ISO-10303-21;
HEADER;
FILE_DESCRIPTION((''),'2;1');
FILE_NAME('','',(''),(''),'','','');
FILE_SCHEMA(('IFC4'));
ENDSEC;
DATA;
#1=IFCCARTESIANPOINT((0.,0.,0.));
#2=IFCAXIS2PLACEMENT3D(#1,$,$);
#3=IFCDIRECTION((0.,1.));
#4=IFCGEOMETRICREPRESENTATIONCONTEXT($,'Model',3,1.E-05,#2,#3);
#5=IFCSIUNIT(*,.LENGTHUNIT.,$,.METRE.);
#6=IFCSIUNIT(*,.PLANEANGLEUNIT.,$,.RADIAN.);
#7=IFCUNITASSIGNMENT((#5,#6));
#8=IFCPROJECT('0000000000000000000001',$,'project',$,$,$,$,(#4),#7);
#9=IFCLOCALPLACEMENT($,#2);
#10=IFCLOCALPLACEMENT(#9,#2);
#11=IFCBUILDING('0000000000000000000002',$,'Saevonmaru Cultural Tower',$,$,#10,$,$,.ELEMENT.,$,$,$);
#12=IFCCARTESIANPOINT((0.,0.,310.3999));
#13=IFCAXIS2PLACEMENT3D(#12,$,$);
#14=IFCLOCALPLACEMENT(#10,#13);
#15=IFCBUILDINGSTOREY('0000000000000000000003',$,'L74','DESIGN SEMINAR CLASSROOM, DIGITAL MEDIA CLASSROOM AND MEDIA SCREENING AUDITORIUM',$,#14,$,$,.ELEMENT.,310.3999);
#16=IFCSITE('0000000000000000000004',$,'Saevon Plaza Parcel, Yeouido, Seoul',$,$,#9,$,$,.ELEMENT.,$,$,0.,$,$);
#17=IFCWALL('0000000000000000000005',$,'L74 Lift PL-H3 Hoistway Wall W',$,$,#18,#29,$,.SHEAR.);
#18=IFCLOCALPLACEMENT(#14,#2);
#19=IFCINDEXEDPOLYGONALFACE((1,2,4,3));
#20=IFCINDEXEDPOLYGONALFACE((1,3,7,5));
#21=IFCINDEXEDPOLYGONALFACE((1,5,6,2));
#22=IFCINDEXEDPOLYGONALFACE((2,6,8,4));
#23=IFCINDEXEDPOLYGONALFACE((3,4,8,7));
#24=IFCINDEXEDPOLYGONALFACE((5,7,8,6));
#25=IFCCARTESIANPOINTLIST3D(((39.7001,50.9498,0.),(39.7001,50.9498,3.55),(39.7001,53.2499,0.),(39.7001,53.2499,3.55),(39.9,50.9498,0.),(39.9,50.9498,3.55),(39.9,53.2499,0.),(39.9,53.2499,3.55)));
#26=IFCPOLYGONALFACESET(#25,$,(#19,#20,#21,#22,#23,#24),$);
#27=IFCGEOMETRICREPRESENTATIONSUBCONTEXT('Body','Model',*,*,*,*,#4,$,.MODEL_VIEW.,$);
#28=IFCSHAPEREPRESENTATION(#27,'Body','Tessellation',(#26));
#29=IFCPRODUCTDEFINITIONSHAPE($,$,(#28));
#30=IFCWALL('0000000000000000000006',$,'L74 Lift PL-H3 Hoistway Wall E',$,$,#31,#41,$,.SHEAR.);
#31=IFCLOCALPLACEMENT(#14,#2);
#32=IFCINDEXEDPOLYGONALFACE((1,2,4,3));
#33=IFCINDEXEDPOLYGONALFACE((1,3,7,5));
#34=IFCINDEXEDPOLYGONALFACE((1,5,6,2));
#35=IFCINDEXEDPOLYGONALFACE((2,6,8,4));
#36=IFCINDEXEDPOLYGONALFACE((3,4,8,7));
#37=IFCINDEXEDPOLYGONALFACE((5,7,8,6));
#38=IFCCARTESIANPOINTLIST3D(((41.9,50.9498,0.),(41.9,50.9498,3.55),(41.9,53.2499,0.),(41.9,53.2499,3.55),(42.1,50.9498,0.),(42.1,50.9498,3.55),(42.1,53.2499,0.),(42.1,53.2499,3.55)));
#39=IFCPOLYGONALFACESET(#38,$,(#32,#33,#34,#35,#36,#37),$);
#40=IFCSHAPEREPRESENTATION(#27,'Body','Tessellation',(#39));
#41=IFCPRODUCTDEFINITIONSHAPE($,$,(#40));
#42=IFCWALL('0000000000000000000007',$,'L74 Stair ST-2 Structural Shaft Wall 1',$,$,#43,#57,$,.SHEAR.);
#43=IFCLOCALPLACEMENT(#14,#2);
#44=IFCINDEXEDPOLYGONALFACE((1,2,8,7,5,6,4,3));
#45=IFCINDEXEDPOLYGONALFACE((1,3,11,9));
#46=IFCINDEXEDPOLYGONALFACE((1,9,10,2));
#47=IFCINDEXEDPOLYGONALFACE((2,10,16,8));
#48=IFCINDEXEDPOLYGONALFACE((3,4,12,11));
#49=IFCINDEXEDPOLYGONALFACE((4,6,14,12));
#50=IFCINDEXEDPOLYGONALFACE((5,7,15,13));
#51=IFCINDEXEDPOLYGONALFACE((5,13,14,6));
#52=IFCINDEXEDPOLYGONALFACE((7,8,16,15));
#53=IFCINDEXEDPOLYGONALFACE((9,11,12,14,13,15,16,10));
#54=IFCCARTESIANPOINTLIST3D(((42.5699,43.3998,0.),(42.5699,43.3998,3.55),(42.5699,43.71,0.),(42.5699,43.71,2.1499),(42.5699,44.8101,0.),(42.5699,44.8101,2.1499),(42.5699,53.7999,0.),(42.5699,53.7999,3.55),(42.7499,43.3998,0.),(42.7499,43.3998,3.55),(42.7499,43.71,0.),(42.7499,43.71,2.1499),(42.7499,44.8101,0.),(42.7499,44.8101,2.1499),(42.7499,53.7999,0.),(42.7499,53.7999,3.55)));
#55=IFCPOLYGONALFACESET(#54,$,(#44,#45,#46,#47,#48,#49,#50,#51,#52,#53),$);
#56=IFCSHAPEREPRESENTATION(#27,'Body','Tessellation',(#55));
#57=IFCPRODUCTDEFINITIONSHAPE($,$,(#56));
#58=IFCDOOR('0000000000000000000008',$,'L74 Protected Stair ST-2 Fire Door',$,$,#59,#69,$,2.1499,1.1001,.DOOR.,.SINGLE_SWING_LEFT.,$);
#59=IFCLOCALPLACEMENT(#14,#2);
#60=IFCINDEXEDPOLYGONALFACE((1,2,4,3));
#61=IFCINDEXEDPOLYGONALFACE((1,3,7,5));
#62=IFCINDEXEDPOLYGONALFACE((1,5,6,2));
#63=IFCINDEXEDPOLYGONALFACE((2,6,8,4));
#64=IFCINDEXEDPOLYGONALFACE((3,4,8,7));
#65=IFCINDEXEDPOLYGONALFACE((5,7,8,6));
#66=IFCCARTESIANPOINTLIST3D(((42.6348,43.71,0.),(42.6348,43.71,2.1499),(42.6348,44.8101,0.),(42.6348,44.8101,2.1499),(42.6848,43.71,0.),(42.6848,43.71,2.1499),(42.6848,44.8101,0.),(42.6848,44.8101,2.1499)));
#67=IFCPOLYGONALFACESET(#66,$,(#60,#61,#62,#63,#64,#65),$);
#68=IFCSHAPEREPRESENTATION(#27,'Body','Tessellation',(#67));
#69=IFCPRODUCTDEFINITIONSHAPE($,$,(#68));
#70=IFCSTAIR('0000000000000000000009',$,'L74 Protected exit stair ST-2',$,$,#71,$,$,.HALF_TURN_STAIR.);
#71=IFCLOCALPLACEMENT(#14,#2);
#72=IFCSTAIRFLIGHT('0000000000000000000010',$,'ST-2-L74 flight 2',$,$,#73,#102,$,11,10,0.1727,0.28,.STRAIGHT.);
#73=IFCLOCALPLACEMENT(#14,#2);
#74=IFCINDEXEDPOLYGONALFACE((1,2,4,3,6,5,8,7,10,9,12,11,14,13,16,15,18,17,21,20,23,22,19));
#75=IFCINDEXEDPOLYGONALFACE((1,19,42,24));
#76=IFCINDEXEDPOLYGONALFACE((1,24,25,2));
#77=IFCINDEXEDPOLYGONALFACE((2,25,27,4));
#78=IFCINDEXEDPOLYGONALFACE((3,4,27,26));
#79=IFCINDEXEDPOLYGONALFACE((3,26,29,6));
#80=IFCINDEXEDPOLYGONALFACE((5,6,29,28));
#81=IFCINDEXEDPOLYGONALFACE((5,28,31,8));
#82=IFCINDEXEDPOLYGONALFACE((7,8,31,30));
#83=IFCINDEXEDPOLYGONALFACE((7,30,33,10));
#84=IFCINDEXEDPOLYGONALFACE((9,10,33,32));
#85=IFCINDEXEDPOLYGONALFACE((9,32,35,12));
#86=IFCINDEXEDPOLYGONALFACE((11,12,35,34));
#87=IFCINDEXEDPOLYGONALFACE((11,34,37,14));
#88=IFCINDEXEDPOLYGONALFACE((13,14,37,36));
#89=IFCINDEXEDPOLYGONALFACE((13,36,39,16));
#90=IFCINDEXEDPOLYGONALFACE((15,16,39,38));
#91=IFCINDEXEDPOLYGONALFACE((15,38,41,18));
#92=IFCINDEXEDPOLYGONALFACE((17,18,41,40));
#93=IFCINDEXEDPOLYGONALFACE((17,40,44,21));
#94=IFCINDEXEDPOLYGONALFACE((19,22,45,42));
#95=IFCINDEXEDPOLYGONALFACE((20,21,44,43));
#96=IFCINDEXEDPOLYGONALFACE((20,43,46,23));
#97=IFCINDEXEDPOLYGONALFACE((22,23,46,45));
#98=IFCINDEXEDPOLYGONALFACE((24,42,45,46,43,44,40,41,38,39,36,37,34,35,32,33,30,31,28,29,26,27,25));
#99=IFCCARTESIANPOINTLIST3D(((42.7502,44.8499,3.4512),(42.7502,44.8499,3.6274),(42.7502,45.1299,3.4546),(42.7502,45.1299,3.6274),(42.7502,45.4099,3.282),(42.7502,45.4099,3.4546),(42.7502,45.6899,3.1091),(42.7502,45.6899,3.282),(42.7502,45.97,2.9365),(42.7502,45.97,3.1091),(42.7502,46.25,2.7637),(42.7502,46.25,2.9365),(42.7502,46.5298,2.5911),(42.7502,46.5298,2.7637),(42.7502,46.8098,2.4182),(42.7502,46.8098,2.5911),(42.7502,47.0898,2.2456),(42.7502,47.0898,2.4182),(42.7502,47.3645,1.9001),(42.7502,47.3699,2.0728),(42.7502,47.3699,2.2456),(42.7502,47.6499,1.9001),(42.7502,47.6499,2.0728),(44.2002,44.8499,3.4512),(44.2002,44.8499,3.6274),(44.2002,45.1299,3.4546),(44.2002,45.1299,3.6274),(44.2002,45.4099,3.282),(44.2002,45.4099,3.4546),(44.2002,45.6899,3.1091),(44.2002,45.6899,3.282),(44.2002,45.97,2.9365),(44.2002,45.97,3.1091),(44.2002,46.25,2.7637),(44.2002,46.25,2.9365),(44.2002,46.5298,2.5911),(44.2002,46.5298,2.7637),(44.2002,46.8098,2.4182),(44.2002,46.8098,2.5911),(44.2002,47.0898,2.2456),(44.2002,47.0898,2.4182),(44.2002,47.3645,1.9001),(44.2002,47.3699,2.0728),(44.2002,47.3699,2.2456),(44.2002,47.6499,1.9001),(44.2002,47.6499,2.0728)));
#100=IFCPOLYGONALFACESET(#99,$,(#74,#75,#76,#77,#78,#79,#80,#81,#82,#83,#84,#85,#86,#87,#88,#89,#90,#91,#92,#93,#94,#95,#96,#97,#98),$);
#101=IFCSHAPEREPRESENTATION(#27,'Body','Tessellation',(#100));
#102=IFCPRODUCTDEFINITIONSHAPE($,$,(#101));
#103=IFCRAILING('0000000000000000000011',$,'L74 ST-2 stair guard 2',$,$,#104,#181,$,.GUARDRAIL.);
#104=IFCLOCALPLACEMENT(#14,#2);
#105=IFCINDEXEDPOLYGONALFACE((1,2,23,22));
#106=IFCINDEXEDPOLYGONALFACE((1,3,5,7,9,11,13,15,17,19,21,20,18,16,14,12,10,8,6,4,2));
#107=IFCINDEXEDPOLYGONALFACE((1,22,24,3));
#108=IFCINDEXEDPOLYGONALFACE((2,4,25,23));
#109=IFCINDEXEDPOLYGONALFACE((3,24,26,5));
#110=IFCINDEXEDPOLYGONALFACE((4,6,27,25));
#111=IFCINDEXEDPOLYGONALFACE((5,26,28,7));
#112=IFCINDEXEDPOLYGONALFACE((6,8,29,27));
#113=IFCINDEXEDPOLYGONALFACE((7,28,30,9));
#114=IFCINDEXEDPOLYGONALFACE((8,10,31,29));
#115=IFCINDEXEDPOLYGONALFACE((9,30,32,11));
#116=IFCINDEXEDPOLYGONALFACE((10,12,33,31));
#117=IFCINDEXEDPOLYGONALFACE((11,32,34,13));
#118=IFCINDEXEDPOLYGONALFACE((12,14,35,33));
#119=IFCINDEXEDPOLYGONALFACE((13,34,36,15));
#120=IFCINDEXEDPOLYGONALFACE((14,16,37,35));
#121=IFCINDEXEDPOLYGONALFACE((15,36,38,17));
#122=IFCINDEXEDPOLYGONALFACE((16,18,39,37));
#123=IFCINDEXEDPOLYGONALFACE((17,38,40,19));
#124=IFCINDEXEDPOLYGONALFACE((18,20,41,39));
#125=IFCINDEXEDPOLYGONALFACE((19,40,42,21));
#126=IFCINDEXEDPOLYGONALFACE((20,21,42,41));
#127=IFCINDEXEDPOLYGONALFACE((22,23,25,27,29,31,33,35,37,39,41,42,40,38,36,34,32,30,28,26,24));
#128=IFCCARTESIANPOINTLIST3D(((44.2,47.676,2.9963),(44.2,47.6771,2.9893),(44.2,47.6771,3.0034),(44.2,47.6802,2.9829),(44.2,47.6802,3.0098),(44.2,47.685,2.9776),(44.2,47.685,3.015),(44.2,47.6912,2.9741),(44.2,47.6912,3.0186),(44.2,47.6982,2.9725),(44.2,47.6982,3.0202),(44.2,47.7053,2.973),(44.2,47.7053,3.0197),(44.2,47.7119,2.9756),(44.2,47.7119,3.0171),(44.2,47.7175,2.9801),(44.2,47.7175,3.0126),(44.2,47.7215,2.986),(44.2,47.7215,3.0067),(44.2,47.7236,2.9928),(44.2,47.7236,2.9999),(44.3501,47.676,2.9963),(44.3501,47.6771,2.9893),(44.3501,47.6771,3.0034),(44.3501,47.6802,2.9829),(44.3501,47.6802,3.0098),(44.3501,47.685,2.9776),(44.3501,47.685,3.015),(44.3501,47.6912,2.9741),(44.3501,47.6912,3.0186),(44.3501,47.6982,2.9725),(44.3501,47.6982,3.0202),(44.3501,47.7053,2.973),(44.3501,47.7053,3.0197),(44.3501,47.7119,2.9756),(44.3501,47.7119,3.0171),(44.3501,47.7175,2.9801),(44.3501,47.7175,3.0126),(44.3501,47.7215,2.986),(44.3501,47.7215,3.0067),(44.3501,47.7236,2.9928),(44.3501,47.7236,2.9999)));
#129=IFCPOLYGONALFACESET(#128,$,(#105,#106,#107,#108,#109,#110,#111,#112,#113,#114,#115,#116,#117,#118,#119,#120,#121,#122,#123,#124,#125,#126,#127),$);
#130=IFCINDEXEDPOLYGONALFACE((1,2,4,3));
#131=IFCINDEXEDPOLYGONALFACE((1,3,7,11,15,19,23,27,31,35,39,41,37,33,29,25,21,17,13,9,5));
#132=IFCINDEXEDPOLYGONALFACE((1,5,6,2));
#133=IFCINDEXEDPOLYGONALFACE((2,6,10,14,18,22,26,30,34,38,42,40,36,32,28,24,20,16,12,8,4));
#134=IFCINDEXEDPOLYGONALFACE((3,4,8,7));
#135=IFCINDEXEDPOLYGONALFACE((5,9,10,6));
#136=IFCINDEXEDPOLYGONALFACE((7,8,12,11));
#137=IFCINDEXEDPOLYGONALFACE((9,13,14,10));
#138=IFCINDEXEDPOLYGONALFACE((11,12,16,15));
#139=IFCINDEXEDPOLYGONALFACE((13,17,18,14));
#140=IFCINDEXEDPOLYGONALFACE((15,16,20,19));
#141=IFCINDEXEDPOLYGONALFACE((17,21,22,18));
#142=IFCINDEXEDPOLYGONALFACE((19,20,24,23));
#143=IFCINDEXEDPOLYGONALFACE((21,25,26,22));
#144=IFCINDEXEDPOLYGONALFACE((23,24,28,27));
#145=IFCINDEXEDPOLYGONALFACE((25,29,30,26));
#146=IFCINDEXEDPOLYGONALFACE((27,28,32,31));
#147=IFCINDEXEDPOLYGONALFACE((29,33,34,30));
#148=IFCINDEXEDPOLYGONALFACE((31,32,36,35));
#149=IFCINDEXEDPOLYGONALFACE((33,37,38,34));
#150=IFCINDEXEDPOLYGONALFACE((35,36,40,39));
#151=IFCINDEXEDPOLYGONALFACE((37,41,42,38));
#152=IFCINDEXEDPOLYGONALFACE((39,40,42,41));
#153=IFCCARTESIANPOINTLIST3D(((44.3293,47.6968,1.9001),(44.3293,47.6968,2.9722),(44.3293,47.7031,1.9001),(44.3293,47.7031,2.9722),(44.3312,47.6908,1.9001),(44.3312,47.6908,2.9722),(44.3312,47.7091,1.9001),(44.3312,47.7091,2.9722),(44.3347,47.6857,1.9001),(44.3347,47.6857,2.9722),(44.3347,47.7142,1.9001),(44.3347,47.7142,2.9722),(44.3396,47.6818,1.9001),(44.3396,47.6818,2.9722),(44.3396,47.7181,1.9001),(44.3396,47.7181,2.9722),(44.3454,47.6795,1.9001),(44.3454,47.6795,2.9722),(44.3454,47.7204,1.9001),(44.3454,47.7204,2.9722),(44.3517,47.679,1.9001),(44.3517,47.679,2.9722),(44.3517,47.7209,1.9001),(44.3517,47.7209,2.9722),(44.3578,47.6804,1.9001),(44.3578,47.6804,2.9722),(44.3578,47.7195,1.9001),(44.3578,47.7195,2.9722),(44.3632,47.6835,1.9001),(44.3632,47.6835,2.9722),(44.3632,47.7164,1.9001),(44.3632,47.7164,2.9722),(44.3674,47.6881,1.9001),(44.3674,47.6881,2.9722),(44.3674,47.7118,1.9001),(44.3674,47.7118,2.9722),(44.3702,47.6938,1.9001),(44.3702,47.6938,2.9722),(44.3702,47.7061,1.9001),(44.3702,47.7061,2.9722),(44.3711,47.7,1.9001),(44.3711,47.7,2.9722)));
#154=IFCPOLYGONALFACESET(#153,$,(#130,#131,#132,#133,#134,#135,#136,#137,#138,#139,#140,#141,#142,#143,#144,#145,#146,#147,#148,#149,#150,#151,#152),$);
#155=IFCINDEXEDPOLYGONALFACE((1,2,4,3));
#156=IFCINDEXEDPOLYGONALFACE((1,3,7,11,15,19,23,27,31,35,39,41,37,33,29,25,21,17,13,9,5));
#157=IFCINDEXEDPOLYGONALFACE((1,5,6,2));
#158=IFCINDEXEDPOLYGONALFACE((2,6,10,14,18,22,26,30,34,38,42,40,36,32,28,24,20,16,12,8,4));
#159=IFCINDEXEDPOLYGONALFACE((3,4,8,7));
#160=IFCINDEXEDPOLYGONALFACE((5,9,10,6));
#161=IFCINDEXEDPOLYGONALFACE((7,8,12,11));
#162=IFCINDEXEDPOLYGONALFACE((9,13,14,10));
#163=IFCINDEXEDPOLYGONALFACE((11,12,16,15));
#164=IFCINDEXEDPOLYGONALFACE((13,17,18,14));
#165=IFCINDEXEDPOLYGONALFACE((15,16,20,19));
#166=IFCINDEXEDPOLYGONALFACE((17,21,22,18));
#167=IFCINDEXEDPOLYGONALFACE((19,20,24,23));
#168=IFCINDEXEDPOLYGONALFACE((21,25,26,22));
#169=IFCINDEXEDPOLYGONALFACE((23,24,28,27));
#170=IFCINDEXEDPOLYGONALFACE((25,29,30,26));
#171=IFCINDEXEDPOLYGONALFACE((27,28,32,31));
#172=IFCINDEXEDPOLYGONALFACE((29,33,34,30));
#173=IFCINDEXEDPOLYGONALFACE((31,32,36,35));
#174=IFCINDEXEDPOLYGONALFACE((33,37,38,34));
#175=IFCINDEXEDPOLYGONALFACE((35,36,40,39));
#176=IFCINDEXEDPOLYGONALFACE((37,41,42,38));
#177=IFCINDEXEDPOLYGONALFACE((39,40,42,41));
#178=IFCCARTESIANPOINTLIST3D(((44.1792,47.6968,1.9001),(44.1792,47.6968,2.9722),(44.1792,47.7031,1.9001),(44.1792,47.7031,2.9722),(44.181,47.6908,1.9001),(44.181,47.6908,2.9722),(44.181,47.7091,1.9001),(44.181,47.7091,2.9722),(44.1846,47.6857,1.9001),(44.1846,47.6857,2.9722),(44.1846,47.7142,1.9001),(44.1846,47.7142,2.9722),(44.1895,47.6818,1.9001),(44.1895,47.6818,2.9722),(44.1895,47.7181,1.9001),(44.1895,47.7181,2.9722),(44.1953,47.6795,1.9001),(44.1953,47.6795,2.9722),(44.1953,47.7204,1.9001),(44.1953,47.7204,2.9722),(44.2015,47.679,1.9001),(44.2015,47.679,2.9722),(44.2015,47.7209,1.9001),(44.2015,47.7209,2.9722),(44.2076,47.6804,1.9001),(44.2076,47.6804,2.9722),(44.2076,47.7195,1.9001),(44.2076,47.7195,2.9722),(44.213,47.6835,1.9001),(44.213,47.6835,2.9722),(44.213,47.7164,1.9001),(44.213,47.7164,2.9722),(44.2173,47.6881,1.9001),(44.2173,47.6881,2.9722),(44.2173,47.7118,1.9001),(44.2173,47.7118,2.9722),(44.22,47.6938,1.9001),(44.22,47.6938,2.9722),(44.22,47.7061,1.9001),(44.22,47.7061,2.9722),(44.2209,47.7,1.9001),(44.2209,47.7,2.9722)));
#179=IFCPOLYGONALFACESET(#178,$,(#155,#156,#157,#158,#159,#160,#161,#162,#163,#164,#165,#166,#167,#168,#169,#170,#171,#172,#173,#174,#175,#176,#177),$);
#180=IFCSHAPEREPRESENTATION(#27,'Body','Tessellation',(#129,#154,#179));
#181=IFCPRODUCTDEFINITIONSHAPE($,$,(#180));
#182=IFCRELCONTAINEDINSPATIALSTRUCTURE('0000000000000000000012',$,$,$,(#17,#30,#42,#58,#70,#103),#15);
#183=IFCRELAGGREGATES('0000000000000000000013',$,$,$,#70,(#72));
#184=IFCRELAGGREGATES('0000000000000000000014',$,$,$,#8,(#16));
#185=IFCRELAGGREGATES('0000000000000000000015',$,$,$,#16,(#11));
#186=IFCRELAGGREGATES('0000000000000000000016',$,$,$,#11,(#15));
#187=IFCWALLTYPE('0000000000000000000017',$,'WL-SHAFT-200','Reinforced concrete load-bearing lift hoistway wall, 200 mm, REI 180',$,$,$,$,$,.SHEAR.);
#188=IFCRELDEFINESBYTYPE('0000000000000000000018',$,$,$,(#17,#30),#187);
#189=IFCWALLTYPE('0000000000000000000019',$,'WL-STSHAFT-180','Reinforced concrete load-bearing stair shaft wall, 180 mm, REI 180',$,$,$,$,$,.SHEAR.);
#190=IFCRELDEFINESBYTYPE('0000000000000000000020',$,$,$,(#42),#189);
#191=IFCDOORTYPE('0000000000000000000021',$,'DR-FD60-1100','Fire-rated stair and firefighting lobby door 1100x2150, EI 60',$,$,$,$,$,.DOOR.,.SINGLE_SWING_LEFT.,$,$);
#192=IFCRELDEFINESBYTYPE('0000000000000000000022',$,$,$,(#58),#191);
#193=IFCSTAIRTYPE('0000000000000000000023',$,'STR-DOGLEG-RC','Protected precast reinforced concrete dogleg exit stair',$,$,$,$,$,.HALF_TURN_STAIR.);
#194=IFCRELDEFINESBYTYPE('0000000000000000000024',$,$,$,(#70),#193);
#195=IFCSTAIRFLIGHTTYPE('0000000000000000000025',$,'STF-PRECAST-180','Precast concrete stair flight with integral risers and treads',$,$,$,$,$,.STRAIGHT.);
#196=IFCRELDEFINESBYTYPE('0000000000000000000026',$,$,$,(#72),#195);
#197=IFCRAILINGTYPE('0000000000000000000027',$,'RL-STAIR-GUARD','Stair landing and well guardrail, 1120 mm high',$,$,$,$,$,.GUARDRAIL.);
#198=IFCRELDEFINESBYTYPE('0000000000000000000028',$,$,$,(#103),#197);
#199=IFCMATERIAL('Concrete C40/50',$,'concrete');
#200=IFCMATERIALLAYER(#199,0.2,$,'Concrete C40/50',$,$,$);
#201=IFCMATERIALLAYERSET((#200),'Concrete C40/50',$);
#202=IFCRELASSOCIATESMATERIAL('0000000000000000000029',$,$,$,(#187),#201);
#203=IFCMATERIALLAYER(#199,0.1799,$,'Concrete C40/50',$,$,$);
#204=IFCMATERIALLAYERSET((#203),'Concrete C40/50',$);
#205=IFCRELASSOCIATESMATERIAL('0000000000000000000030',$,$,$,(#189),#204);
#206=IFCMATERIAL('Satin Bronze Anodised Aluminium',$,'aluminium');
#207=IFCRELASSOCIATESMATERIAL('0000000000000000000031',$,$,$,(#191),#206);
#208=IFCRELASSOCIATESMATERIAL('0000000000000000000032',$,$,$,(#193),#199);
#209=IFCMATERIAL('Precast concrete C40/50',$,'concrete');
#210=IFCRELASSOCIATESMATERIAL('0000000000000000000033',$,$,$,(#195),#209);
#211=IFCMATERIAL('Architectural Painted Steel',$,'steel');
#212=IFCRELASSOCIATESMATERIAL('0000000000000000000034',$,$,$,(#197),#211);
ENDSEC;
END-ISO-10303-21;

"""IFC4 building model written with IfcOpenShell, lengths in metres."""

from ifc_helpers import new_model, si_unit, direction, frame, frame_2d, origin, origin_2d, place, context, subcontext, project, spatial, polyline, rectangle, circle, outline, extrude, material, layer, layer_set, type_object, element, fill, aggregate, save


model = new_model("IFC4")

# Units and contexts
model_context = context("Model", 3, precision=1e-05, world=origin(), true_north=direction((0.0, 1.0)))
body_context = subcontext(model_context, "Body", "Model", "MODEL_VIEW")
ifc_project = project(units=[si_unit("LENGTHUNIT", "METRE"), si_unit("PLANEANGLEUNIT", "RADIAN")], contexts=[model_context])

# Site, building, storey
site_placement = place(None, origin())
site = spatial("IfcSite", under=ifc_project, at=site_placement, Name="Saevon Plaza Parcel, Yeouido, Seoul", CompositionType="ELEMENT", RefElevation=0.0)
building_placement = place(site_placement, origin())
building = spatial("IfcBuilding", under=site, at=building_placement, Name="Saevonmaru Cultural Tower", CompositionType="ELEMENT")
storey_placement = place(building_placement, frame((0.0, 0.0, 310.3999)))
storey = spatial("IfcBuildingStorey", under=building, at=storey_placement, Name="L74", Description="DESIGN SEMINAR CLASSROOM, DIGITAL MEDIA CLASSROOM AND MEDIA SCREENING AUDITORIUM", CompositionType="ELEMENT", Elevation=310.3999)

# Shared definitions
ifc_material_1 = material(Name="Satin Bronze Anodised Aluminium", Category="aluminium")

# Shared definitions
ifc_material_2 = material(Name="Concrete C40/50", Category="concrete")
ifc_layer_1 = layer(ifc_material_2, 0.2, Name="Concrete C40/50")
ifc_layer_set_1 = layer_set([ifc_layer_1], Name="Concrete C40/50")
wall_type_1 = type_object("IfcWallType", Name="WL-SHAFT-200", Description="Reinforced concrete load-bearing lift hoistway wall, 200 mm, REI 180", PredefinedType="SHEAR", material=ifc_layer_set_1)

# Walls
for number, where, z_axis, x_axis, name in (
    (1, (39.8, 50.95, 0.0), (0.0, 0.0, 1.0), (0.0, 1.0, 0.0), "L74 Lift PL-H3 Hoistway Wall W"),
    (2, (42.0, 50.95, 0.0), (0.0, 0.0, 1.0), (0.0, 1.0, 0.0), "L74 Lift PL-H3 Hoistway Wall E"),
):
    element("IfcWall", number, at=place(storey_placement, frame(where, z_axis=z_axis, x_axis=x_axis)), inside=storey, type_object=wall_type_1, Name=name, PredefinedType="SHEAR", context=body_context, shape_type="SweptSolid", body=[
        extrude(rectangle(XDim=2.3, YDim=0.2, at=frame_2d((1.1499, 0.0))), origin(), (0.0, 0.0, 1.0), 3.55),
    ])

# Wall, opening, door
ifc_layer_2 = layer(ifc_material_2, 0.1799, Name="Concrete C40/50")
ifc_layer_set_2 = layer_set([ifc_layer_2], Name="Concrete C40/50")
wall_type_2 = type_object("IfcWallType", Name="WL-STSHAFT-180", Description="Reinforced concrete load-bearing stair shaft wall, 180 mm, REI 180", PredefinedType="SHEAR", material=ifc_layer_set_2)
wall_1_placement = place(storey_placement, frame((42.6599, 53.8, 0.0), z_axis=(0.0, 0.0, 1.0), x_axis=(0.0, -1.0, 0.0)))
wall_1 = element("IfcWall", 3, at=wall_1_placement, inside=storey, type_object=wall_type_2, Name="L74 Stair ST-2 Structural Shaft Wall 1", PredefinedType="SHEAR", context=body_context, shape_type="SweptSolid", body=[
    extrude(rectangle(XDim=10.4001, YDim=0.1799, at=frame_2d((5.2002, 0.0))), origin(), (0.0, 0.0, 1.0), 3.55),
])
opening_1_placement = place(wall_1_placement, frame((8.99, 0.0, 0.0)))
opening_1 = element("IfcOpeningElement", 4, at=opening_1_placement, cuts=wall_1, PredefinedType="OPENING", context=body_context, shape_type="SweptSolid", body=[
    extrude(rectangle(XDim=1.1001, YDim=2.1499, at=frame_2d((0.55, 1.075))), frame((0.0, 0.1001, 0.0), z_axis=(0.0, -1.0, 0.0), x_axis=(1.0, 0.0, 0.0)), (0.0, 0.0, 1.0), 0.2),
])
door_type_1 = type_object("IfcDoorType", Name="DR-FD60-1100", Description="Fire-rated stair and firefighting lobby door 1100x2150, EI 60", OperationType="SINGLE_SWING_LEFT", PredefinedType="DOOR", material=ifc_material_1)
door_1_placement = place(opening_1_placement, origin())
door_1 = element("IfcDoor", 5, at=door_1_placement, inside=storey, type_object=door_type_1, Name="L74 Protected Stair ST-2 Fire Door", OperationType="SINGLE_SWING_LEFT", OverallHeight=2.1499, OverallWidth=1.1001, PredefinedType="DOOR", context=body_context, shape_type="SweptSolid", body=[
    extrude(rectangle(XDim=1.1001, YDim=2.1499, at=frame_2d((0.55, 1.075))), frame((0.0, 0.0249, 0.0), z_axis=(0.0, -1.0, 0.0), x_axis=(1.0, 0.0, 0.0)), (0.0, 0.0, 1.0), 0.05),
])
fill(opening_1, door_1)

# Stair, stair flight
stair_type = type_object("IfcStairType", Name="STR-DOGLEG-RC", Description="Protected precast reinforced concrete dogleg exit stair", PredefinedType="HALF_TURN_STAIR", material=ifc_material_2)
stair_placement = place(storey_placement, origin())
stair = element("IfcStair", 6, at=stair_placement, inside=storey, type_object=stair_type, Name="L74 Protected exit stair ST-2", PredefinedType="HALF_TURN_STAIR")
ifc_material_3 = material(Name="Precast concrete C40/50", Category="concrete")
stair_flight_type = type_object("IfcStairFlightType", Name="STF-PRECAST-180", Description="Precast concrete stair flight with integral risers and treads", PredefinedType="STRAIGHT", material=ifc_material_3)
stair_flight_placement = place(storey_placement, frame((43.4751, 47.6499, 1.9001), z_axis=(0.0, 0.0, 1.0), x_axis=(0.0, -1.0, 0.0)))
stair_flight = element("IfcStairFlight", 7, at=stair_flight_placement, type_object=stair_flight_type, Name="ST-2-L74 flight 2", NumberOfRisers=11, NumberOfTreads=10, PredefinedType="STRAIGHT", RiserHeight=0.1727, TreadLength=0.28, context=body_context, shape_type="SweptSolid", body=[
    extrude(outline(polyline([(0.0, 0.0), (0.0, 0.1726), (0.28, 0.1726), (0.28, 0.3455), (0.5601, 0.3455), (0.5601, 0.5181), (0.8401, 0.5181), (0.8401, 0.6909), (1.1201, 0.6909), (1.1201, 0.8635), (1.3999, 0.8635), (1.3999, 1.0364), (1.6799, 1.0364), (1.6799, 1.209), (1.96, 1.209), (1.96, 1.3818), (2.24, 1.3818), (2.24, 1.5544), (2.52, 1.5544), (2.52, 1.7273), (2.8, 1.7273), (2.8, 1.8999), (2.8, 1.551), (0.2854, 0.0), (0.0, 0.0)])), frame((0.0, 0.7251, 0.0), z_axis=(0.0, -1.0, 0.0), x_axis=(1.0, 0.0, 0.0)), (0.0, 0.0, 1.0), 1.45),
])
aggregate(stair, [stair_flight])

# Railing
ifc_material_4 = material(Name="Architectural Painted Steel", Category="steel")
railing_type_1 = type_object("IfcRailingType", Name="RL-STAIR-GUARD", Description="Stair landing and well guardrail, 1120 mm high", PredefinedType="GUARDRAIL", material=ifc_material_4)
railing_1_placement = place(storey_placement, frame((44.3501, 47.7, 1.9001)))
element("IfcRailing", 8, at=railing_1_placement, inside=storey, type_object=railing_type_1, Name="L74 ST-2 stair guard 2", PredefinedType="GUARDRAIL", context=body_context, shape_type="SweptSolid", body=[
    extrude(circle(Radius=0.0239, at=origin_2d()), frame((0.0, 0.0, 1.0962), z_axis=(-1.0, 0.0, 0.0), x_axis=(0.0, -1.0, 0.0)), (0.0, 0.0, 1.0), 0.1501),
    extrude(circle(Radius=0.021, at=origin_2d()), origin(), (0.0, 0.0, 1.0), 1.072),
    extrude(circle(Radius=0.021, at=origin_2d()), frame((-0.1501, 0.0, 0.0)), (0.0, 0.0, 1.0), 1.072),
])

save(model, "model.ifc")
